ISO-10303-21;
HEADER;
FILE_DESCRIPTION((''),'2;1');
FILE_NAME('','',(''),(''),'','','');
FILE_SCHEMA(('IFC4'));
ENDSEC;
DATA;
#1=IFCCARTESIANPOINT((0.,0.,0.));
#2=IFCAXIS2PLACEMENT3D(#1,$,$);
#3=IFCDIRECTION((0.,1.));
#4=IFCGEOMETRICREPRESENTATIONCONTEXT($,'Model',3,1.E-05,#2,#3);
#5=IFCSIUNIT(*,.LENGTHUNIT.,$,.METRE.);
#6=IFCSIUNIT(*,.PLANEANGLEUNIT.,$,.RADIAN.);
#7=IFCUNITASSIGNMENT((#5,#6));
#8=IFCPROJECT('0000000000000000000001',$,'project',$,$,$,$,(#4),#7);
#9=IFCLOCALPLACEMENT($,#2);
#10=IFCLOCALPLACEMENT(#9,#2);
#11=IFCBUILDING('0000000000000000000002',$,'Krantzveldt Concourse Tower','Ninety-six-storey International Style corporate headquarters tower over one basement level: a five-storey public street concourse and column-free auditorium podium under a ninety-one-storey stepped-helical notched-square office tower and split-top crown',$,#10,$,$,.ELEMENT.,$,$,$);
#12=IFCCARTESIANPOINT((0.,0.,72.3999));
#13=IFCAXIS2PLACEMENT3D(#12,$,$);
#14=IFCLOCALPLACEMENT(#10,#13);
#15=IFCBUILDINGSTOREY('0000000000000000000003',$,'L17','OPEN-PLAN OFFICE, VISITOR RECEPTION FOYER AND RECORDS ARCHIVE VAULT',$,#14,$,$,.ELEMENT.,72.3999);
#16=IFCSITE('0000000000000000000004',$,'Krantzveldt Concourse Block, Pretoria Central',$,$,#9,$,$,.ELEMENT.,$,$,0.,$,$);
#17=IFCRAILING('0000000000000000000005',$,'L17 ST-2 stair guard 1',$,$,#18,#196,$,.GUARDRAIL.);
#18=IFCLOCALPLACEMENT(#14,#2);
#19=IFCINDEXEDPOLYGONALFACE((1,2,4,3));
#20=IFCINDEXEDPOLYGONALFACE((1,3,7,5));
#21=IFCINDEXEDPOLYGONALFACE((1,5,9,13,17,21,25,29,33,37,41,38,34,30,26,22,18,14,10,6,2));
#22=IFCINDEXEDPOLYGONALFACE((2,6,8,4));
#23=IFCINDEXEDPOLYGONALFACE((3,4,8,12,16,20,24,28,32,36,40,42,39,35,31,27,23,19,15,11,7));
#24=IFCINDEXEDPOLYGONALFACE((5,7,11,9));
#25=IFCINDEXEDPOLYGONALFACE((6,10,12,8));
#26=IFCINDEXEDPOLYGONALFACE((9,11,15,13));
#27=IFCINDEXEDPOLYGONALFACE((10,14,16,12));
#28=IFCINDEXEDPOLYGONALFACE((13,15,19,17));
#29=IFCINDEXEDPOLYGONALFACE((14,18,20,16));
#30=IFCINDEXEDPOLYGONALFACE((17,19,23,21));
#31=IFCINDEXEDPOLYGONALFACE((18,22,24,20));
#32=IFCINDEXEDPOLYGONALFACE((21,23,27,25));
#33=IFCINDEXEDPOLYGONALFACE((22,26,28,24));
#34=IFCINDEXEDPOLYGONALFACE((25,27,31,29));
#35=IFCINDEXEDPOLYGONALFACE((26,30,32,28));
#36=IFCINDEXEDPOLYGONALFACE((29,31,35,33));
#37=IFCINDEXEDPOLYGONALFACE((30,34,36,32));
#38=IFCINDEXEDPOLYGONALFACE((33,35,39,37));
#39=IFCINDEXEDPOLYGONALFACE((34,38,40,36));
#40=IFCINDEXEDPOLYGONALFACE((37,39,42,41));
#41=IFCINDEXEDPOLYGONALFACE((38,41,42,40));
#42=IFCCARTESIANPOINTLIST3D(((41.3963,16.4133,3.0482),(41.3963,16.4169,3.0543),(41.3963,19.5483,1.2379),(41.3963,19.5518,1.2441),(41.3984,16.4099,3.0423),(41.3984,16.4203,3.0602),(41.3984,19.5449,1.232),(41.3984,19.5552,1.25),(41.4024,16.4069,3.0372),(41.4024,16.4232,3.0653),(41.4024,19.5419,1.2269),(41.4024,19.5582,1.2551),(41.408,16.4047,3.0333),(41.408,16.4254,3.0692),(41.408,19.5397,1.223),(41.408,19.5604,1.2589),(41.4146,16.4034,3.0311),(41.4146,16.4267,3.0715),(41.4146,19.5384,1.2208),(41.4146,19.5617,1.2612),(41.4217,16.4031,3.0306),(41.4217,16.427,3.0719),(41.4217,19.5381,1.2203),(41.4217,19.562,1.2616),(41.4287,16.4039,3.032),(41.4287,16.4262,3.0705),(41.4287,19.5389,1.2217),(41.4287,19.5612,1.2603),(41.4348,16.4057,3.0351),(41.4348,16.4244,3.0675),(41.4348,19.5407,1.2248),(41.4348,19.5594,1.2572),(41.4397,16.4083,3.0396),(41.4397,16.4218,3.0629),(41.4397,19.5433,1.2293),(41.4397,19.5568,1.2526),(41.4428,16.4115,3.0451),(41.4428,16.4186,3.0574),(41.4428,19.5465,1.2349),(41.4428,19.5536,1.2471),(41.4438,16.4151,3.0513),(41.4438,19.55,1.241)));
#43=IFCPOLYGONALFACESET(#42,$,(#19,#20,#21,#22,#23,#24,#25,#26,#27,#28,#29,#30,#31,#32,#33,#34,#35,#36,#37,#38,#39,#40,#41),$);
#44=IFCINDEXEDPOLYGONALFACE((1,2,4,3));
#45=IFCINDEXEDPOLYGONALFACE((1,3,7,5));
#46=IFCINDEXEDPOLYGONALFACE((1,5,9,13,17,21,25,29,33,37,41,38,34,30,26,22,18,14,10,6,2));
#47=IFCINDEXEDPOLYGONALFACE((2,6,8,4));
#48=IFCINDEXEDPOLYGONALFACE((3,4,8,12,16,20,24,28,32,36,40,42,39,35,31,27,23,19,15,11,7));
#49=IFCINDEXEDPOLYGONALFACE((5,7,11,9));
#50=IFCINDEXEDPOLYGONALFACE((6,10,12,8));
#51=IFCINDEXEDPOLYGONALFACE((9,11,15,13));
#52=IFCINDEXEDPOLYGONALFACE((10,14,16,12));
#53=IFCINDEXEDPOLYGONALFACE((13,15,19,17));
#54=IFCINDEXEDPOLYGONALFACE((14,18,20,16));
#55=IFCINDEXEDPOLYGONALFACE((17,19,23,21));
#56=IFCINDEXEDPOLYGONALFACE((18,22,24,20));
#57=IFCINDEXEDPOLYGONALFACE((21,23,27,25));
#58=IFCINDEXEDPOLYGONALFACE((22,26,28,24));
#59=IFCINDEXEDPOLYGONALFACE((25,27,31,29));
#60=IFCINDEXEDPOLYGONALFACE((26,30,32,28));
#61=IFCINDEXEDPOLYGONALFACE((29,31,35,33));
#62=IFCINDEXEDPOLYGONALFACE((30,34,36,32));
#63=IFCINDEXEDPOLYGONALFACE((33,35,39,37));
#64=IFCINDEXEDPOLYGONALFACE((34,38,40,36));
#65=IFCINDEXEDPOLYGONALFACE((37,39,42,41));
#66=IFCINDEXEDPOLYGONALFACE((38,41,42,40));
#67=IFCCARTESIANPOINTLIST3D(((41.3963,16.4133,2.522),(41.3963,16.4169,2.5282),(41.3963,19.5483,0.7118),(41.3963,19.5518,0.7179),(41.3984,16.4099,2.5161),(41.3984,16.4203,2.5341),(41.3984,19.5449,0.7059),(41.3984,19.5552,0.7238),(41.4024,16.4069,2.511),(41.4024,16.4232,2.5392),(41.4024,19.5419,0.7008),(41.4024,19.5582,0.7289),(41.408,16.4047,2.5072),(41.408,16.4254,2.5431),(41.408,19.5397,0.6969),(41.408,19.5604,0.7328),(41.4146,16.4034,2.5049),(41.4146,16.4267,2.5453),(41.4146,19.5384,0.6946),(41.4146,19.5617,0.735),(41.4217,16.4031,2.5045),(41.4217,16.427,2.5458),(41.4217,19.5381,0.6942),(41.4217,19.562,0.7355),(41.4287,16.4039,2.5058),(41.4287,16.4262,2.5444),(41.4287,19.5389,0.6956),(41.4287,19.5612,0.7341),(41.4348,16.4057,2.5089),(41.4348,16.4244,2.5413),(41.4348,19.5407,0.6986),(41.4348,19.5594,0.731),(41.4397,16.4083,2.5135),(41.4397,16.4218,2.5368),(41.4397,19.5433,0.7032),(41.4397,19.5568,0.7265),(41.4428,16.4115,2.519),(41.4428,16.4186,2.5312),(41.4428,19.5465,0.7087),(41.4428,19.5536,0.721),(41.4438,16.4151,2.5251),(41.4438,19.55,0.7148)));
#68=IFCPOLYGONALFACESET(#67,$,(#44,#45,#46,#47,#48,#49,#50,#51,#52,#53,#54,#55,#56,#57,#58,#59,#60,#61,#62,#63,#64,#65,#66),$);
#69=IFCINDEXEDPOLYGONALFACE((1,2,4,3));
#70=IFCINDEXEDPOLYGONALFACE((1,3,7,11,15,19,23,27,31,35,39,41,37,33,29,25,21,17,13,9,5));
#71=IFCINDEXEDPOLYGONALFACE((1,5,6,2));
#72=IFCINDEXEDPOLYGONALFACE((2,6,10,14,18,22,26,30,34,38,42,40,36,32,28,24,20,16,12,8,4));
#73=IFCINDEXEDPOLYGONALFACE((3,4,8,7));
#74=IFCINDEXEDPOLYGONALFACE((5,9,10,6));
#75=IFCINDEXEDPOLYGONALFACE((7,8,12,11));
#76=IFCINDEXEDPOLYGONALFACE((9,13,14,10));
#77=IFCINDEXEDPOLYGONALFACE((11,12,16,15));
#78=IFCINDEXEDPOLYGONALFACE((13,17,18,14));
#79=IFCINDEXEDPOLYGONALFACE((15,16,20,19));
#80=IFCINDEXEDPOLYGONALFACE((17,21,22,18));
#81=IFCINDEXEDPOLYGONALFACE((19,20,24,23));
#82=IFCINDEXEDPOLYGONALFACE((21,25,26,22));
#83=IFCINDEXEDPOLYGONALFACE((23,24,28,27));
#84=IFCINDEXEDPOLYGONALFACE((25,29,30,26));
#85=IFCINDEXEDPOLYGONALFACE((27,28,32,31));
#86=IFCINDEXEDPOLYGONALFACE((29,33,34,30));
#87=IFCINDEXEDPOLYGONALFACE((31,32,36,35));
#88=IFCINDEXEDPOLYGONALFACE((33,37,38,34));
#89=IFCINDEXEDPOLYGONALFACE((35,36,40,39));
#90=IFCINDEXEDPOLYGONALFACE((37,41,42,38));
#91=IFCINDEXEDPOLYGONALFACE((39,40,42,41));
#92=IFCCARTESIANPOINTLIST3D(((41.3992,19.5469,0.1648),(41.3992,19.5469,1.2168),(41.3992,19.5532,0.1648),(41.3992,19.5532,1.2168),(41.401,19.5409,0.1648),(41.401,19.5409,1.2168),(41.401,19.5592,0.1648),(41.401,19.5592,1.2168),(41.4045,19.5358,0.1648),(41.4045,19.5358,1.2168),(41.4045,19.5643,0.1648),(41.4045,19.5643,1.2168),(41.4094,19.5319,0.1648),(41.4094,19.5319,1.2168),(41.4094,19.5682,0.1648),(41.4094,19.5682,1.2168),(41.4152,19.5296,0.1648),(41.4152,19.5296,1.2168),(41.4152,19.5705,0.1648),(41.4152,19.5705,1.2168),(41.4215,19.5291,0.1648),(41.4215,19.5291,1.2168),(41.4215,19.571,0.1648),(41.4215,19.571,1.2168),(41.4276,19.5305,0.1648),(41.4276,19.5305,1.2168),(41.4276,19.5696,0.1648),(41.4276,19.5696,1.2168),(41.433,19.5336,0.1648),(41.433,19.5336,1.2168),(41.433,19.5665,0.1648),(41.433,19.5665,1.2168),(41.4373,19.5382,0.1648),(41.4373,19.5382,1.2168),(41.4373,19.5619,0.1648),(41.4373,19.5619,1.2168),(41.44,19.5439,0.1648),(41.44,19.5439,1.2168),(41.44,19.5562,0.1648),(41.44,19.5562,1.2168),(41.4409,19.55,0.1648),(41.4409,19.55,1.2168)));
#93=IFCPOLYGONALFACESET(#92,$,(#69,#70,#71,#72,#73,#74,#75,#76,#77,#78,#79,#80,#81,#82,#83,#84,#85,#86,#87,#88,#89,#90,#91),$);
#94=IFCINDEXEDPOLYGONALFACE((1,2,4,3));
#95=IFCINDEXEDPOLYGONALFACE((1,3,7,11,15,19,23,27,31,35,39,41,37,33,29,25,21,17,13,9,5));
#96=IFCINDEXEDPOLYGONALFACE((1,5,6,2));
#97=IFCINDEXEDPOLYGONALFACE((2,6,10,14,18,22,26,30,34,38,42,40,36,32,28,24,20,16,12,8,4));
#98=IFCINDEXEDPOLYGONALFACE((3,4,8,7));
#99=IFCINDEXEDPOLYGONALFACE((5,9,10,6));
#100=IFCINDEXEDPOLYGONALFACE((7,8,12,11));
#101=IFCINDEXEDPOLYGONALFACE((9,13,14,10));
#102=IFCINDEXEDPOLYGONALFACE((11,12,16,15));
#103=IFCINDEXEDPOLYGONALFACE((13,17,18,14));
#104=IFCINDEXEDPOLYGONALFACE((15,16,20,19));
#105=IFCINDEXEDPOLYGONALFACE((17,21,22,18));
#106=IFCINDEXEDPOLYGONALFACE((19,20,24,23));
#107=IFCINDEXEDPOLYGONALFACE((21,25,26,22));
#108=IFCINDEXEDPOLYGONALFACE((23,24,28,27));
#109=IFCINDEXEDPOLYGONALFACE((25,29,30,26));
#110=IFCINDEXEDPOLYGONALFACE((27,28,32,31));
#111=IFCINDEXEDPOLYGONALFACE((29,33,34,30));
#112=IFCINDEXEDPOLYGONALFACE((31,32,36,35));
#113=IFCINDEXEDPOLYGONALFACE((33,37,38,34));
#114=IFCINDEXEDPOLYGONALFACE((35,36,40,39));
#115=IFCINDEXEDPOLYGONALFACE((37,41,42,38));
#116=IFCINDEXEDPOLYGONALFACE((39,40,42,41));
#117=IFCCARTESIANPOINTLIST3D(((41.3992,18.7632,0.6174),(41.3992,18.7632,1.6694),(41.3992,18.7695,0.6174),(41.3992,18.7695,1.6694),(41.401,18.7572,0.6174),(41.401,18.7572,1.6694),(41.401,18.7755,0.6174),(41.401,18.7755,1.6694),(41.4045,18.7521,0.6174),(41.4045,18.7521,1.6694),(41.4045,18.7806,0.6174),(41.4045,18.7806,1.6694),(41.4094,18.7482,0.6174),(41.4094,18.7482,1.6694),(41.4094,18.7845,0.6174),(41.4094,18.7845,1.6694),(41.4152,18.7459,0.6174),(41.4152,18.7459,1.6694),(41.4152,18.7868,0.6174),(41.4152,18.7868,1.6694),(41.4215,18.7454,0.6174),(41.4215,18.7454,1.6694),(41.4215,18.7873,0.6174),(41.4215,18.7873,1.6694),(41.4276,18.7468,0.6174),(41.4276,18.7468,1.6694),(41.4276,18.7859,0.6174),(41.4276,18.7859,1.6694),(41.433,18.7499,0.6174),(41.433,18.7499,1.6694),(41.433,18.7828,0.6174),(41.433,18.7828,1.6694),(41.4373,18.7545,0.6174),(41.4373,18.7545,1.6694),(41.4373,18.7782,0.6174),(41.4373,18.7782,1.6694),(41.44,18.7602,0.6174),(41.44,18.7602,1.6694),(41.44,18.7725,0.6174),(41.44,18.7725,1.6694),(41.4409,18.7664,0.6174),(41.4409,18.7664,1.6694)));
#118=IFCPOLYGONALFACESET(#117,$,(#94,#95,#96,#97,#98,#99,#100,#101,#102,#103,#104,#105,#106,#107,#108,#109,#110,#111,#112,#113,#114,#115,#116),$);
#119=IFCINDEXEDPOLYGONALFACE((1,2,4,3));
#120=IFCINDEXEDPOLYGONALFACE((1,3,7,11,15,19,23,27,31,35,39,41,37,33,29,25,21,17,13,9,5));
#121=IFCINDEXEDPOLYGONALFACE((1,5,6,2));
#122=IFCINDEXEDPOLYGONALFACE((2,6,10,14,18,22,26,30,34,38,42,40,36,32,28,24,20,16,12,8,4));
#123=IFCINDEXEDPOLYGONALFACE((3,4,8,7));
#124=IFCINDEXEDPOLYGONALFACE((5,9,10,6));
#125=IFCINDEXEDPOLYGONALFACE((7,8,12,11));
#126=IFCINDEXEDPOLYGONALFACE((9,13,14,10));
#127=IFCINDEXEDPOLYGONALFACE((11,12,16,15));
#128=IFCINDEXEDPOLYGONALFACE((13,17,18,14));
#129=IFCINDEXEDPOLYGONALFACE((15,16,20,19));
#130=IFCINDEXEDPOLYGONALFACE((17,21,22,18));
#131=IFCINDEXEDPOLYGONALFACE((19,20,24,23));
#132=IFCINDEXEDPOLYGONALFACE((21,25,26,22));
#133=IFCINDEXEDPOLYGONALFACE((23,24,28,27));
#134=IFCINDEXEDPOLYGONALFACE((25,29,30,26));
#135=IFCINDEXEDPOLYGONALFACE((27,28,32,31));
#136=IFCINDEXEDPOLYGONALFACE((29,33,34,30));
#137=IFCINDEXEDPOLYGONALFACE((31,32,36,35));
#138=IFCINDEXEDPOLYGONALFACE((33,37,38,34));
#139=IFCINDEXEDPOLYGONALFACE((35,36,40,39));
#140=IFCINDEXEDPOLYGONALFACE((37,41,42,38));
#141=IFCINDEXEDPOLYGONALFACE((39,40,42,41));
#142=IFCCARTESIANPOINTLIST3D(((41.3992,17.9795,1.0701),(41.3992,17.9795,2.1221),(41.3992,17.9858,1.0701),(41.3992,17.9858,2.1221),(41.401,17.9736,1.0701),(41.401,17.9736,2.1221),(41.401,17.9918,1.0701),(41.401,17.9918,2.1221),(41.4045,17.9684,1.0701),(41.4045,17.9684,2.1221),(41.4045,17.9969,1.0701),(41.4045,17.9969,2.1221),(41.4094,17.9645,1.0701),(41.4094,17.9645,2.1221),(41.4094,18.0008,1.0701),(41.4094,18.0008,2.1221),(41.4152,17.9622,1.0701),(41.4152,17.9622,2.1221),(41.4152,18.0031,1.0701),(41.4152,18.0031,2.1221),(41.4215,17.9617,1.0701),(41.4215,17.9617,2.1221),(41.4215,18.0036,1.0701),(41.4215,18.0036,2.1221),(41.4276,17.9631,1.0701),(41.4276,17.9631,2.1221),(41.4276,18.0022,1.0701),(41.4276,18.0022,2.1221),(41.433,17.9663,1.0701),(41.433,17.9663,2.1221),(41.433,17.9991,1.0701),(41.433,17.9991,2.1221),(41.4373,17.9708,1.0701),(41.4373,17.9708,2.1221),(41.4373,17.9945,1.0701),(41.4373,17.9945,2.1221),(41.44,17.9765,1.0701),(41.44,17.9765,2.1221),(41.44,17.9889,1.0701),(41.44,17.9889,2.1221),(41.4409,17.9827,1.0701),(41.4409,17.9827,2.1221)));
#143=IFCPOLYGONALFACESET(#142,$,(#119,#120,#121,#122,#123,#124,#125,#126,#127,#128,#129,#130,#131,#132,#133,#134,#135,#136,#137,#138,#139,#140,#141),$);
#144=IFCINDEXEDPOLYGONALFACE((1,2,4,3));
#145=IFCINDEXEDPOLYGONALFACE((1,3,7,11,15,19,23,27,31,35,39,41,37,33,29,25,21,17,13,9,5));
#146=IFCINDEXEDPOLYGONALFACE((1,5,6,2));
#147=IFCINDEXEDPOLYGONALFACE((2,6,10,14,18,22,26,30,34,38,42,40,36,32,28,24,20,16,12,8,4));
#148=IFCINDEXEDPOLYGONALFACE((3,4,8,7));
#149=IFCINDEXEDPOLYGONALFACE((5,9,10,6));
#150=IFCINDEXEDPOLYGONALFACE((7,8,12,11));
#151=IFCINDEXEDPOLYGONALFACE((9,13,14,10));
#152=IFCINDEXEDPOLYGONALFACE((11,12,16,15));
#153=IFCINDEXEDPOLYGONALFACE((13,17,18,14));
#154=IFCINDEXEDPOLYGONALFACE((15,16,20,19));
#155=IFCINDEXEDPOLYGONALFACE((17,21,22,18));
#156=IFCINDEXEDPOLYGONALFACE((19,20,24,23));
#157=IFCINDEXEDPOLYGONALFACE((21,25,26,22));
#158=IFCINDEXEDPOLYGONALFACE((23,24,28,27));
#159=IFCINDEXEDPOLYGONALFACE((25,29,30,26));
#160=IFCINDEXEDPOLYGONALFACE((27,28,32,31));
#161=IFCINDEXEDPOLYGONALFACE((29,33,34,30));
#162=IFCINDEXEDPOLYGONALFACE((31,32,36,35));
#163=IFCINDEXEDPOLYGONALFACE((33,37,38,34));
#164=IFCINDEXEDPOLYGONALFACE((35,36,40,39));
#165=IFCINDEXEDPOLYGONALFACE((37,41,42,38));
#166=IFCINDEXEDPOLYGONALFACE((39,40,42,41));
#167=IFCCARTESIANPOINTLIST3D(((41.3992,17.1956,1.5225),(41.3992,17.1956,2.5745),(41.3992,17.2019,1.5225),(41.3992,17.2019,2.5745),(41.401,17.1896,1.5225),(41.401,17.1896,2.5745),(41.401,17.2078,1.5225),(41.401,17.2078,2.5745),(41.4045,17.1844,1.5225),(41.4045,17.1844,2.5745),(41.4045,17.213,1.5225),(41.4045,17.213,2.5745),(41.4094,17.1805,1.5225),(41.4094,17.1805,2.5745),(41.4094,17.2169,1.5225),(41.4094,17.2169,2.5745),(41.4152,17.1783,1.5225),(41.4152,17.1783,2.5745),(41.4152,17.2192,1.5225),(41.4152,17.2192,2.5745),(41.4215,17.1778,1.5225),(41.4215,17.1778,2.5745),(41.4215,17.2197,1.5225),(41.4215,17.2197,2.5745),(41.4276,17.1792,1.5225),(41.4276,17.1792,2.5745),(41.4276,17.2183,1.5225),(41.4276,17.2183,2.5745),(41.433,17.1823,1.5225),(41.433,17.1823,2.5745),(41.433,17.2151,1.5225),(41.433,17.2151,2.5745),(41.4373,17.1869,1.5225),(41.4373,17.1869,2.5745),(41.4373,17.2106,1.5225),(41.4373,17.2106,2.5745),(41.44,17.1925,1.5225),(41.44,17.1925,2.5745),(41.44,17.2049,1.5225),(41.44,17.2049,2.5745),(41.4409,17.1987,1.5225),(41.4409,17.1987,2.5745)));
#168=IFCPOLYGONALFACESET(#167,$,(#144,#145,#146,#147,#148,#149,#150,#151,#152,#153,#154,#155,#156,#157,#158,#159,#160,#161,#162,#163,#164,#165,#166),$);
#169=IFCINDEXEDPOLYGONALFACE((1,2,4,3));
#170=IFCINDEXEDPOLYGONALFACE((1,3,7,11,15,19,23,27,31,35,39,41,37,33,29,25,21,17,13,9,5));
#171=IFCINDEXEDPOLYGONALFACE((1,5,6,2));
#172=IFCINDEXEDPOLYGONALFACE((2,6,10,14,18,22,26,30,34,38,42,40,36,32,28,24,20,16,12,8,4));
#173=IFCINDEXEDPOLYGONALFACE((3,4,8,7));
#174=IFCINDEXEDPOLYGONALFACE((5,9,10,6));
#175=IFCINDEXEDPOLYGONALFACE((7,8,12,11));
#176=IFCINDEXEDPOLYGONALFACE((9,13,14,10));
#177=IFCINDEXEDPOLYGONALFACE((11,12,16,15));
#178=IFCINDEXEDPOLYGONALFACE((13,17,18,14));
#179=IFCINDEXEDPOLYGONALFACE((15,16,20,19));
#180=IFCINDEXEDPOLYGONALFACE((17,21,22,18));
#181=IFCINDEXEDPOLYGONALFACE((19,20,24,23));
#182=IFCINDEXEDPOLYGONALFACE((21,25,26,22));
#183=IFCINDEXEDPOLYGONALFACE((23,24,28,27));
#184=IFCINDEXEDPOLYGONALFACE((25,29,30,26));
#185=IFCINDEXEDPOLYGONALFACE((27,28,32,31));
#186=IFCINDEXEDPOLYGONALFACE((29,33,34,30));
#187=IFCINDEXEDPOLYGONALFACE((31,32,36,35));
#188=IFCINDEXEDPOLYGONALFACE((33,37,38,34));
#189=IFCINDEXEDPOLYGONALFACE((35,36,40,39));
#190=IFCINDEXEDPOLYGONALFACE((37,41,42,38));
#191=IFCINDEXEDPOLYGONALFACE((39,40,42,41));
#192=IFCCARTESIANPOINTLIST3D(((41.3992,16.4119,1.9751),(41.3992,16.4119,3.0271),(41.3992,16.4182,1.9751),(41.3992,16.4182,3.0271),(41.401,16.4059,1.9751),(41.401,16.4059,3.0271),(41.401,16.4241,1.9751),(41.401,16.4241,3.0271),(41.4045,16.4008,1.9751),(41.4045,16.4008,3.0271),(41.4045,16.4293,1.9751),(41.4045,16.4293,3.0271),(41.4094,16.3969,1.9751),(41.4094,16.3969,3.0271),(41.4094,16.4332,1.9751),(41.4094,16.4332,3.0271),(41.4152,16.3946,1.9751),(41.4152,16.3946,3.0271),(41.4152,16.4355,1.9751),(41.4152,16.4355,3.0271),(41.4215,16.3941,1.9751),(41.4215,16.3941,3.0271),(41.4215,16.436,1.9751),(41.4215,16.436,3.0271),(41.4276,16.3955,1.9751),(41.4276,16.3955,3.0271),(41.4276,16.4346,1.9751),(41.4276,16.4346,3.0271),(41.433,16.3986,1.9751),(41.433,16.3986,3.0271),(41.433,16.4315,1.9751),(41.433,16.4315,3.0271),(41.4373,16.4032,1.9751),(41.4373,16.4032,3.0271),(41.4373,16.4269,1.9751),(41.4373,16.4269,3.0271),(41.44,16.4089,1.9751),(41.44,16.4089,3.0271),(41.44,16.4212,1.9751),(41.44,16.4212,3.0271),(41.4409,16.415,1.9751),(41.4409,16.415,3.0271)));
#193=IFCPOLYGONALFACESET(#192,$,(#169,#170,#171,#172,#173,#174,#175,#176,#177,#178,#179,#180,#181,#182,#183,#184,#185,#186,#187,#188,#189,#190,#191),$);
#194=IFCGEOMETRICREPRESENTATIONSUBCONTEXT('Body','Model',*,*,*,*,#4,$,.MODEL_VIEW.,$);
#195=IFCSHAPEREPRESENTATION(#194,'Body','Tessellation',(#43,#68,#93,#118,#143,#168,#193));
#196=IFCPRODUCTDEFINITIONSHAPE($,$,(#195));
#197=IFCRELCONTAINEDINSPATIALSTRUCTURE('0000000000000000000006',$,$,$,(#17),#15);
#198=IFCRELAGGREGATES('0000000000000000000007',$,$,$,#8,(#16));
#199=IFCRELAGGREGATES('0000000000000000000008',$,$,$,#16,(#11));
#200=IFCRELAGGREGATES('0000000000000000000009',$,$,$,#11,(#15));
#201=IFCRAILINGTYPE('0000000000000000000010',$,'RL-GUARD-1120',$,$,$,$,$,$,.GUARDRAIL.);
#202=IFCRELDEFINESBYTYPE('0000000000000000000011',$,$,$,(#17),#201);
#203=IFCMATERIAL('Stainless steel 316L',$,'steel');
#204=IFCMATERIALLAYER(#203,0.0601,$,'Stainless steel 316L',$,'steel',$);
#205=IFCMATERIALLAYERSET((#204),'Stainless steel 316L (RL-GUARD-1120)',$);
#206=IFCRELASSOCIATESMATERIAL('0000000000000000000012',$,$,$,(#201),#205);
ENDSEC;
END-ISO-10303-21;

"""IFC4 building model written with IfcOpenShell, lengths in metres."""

from ifc_helpers import new_model, si_unit, direction, frame, origin, origin_2d, place, context, subcontext, project, spatial, circle, extrude, material, layer, layer_set, type_object, element, save


model = new_model("IFC4")

# Units and contexts
model_context = context("Model", 3, precision=1e-05, world=origin(), true_north=direction((0.0, 1.0)))
body_context = subcontext(model_context, "Body", "Model", "MODEL_VIEW")
ifc_project = project(units=[si_unit("LENGTHUNIT", "METRE"), si_unit("PLANEANGLEUNIT", "RADIAN")], contexts=[model_context])

# Site, building, storey
site_placement = place(None, origin())
site = spatial("IfcSite", under=ifc_project, at=site_placement, Name="Krantzveldt Concourse Block, Pretoria Central", CompositionType="ELEMENT", RefElevation=0.0)
building_placement = place(site_placement, origin())
building = spatial("IfcBuilding", under=site, at=building_placement, Name="Krantzveldt Concourse Tower", Description="Ninety-six-storey International Style corporate headquarters tower over one basement level: a five-storey public street concourse and column-free auditorium podium under a ninety-one-storey stepped-helical notched-square office tower and split-top crown", CompositionType="ELEMENT")
storey_placement = place(building_placement, frame((0.0, 0.0, 72.3999)))
storey = spatial("IfcBuildingStorey", under=building, at=storey_placement, Name="L17", Description="OPEN-PLAN OFFICE, VISITOR RECEPTION FOYER AND RECORDS ARCHIVE VAULT", CompositionType="ELEMENT", Elevation=72.3999)

# Shared definitions
ifc_material_1 = material(Name="Stainless steel 316L", Category="steel")

# Railing
ifc_layer_1 = layer(ifc_material_1, 0.0601, Name="Stainless steel 316L", Category="steel")
ifc_layer_set_1 = layer_set([ifc_layer_1], Name="Stainless steel 316L (RL-GUARD-1120)")
railing_type_1 = type_object("IfcRailingType", Name="RL-GUARD-1120", PredefinedType="GUARDRAIL", material=ifc_layer_set_1)
railing_1_placement = place(storey_placement, frame((41.4199, 19.55, 0.1648)))
element("IfcRailing", 1, at=railing_1_placement, inside=storey, type_object=railing_type_1, Name="L17 ST-2 stair guard 1", PredefinedType="GUARDRAIL", context=body_context, shape_type="SweptSolid", body=[
    extrude(circle(Radius=0.0239, at=origin_2d()), frame((0.0, 0.0, 1.0762), z_axis=(0.0, -0.865989, 0.500063), x_axis=(1.0, 0.0, 0.0)), (0.0, 0.0, 1.0), 3.6201),
    extrude(circle(Radius=0.0239, at=origin_2d()), frame((0.0, 0.0, 0.55), z_axis=(0.0, -0.865989, 0.500063), x_axis=(1.0, 0.0, 0.0)), (0.0, 0.0, 1.0), 3.6201),
    extrude(circle(Radius=0.021, at=origin_2d()), origin(), (0.0, 0.0, 1.0), 1.052),
    extrude(circle(Radius=0.021, at=origin_2d()), frame((0.0, -0.7837, 0.4526)), (0.0, 0.0, 1.0), 1.052),
    extrude(circle(Radius=0.021, at=origin_2d()), frame((0.0, -1.5674, 0.9053)), (0.0, 0.0, 1.0), 1.052),
    extrude(circle(Radius=0.021, at=origin_2d()), frame((0.0, -2.3513, 1.3577)), (0.0, 0.0, 1.0), 1.052),
    extrude(circle(Radius=0.021, at=origin_2d()), frame((0.0, -3.135, 1.8103)), (0.0, 0.0, 1.0), 1.052),
])

save(model, "model.ifc")
